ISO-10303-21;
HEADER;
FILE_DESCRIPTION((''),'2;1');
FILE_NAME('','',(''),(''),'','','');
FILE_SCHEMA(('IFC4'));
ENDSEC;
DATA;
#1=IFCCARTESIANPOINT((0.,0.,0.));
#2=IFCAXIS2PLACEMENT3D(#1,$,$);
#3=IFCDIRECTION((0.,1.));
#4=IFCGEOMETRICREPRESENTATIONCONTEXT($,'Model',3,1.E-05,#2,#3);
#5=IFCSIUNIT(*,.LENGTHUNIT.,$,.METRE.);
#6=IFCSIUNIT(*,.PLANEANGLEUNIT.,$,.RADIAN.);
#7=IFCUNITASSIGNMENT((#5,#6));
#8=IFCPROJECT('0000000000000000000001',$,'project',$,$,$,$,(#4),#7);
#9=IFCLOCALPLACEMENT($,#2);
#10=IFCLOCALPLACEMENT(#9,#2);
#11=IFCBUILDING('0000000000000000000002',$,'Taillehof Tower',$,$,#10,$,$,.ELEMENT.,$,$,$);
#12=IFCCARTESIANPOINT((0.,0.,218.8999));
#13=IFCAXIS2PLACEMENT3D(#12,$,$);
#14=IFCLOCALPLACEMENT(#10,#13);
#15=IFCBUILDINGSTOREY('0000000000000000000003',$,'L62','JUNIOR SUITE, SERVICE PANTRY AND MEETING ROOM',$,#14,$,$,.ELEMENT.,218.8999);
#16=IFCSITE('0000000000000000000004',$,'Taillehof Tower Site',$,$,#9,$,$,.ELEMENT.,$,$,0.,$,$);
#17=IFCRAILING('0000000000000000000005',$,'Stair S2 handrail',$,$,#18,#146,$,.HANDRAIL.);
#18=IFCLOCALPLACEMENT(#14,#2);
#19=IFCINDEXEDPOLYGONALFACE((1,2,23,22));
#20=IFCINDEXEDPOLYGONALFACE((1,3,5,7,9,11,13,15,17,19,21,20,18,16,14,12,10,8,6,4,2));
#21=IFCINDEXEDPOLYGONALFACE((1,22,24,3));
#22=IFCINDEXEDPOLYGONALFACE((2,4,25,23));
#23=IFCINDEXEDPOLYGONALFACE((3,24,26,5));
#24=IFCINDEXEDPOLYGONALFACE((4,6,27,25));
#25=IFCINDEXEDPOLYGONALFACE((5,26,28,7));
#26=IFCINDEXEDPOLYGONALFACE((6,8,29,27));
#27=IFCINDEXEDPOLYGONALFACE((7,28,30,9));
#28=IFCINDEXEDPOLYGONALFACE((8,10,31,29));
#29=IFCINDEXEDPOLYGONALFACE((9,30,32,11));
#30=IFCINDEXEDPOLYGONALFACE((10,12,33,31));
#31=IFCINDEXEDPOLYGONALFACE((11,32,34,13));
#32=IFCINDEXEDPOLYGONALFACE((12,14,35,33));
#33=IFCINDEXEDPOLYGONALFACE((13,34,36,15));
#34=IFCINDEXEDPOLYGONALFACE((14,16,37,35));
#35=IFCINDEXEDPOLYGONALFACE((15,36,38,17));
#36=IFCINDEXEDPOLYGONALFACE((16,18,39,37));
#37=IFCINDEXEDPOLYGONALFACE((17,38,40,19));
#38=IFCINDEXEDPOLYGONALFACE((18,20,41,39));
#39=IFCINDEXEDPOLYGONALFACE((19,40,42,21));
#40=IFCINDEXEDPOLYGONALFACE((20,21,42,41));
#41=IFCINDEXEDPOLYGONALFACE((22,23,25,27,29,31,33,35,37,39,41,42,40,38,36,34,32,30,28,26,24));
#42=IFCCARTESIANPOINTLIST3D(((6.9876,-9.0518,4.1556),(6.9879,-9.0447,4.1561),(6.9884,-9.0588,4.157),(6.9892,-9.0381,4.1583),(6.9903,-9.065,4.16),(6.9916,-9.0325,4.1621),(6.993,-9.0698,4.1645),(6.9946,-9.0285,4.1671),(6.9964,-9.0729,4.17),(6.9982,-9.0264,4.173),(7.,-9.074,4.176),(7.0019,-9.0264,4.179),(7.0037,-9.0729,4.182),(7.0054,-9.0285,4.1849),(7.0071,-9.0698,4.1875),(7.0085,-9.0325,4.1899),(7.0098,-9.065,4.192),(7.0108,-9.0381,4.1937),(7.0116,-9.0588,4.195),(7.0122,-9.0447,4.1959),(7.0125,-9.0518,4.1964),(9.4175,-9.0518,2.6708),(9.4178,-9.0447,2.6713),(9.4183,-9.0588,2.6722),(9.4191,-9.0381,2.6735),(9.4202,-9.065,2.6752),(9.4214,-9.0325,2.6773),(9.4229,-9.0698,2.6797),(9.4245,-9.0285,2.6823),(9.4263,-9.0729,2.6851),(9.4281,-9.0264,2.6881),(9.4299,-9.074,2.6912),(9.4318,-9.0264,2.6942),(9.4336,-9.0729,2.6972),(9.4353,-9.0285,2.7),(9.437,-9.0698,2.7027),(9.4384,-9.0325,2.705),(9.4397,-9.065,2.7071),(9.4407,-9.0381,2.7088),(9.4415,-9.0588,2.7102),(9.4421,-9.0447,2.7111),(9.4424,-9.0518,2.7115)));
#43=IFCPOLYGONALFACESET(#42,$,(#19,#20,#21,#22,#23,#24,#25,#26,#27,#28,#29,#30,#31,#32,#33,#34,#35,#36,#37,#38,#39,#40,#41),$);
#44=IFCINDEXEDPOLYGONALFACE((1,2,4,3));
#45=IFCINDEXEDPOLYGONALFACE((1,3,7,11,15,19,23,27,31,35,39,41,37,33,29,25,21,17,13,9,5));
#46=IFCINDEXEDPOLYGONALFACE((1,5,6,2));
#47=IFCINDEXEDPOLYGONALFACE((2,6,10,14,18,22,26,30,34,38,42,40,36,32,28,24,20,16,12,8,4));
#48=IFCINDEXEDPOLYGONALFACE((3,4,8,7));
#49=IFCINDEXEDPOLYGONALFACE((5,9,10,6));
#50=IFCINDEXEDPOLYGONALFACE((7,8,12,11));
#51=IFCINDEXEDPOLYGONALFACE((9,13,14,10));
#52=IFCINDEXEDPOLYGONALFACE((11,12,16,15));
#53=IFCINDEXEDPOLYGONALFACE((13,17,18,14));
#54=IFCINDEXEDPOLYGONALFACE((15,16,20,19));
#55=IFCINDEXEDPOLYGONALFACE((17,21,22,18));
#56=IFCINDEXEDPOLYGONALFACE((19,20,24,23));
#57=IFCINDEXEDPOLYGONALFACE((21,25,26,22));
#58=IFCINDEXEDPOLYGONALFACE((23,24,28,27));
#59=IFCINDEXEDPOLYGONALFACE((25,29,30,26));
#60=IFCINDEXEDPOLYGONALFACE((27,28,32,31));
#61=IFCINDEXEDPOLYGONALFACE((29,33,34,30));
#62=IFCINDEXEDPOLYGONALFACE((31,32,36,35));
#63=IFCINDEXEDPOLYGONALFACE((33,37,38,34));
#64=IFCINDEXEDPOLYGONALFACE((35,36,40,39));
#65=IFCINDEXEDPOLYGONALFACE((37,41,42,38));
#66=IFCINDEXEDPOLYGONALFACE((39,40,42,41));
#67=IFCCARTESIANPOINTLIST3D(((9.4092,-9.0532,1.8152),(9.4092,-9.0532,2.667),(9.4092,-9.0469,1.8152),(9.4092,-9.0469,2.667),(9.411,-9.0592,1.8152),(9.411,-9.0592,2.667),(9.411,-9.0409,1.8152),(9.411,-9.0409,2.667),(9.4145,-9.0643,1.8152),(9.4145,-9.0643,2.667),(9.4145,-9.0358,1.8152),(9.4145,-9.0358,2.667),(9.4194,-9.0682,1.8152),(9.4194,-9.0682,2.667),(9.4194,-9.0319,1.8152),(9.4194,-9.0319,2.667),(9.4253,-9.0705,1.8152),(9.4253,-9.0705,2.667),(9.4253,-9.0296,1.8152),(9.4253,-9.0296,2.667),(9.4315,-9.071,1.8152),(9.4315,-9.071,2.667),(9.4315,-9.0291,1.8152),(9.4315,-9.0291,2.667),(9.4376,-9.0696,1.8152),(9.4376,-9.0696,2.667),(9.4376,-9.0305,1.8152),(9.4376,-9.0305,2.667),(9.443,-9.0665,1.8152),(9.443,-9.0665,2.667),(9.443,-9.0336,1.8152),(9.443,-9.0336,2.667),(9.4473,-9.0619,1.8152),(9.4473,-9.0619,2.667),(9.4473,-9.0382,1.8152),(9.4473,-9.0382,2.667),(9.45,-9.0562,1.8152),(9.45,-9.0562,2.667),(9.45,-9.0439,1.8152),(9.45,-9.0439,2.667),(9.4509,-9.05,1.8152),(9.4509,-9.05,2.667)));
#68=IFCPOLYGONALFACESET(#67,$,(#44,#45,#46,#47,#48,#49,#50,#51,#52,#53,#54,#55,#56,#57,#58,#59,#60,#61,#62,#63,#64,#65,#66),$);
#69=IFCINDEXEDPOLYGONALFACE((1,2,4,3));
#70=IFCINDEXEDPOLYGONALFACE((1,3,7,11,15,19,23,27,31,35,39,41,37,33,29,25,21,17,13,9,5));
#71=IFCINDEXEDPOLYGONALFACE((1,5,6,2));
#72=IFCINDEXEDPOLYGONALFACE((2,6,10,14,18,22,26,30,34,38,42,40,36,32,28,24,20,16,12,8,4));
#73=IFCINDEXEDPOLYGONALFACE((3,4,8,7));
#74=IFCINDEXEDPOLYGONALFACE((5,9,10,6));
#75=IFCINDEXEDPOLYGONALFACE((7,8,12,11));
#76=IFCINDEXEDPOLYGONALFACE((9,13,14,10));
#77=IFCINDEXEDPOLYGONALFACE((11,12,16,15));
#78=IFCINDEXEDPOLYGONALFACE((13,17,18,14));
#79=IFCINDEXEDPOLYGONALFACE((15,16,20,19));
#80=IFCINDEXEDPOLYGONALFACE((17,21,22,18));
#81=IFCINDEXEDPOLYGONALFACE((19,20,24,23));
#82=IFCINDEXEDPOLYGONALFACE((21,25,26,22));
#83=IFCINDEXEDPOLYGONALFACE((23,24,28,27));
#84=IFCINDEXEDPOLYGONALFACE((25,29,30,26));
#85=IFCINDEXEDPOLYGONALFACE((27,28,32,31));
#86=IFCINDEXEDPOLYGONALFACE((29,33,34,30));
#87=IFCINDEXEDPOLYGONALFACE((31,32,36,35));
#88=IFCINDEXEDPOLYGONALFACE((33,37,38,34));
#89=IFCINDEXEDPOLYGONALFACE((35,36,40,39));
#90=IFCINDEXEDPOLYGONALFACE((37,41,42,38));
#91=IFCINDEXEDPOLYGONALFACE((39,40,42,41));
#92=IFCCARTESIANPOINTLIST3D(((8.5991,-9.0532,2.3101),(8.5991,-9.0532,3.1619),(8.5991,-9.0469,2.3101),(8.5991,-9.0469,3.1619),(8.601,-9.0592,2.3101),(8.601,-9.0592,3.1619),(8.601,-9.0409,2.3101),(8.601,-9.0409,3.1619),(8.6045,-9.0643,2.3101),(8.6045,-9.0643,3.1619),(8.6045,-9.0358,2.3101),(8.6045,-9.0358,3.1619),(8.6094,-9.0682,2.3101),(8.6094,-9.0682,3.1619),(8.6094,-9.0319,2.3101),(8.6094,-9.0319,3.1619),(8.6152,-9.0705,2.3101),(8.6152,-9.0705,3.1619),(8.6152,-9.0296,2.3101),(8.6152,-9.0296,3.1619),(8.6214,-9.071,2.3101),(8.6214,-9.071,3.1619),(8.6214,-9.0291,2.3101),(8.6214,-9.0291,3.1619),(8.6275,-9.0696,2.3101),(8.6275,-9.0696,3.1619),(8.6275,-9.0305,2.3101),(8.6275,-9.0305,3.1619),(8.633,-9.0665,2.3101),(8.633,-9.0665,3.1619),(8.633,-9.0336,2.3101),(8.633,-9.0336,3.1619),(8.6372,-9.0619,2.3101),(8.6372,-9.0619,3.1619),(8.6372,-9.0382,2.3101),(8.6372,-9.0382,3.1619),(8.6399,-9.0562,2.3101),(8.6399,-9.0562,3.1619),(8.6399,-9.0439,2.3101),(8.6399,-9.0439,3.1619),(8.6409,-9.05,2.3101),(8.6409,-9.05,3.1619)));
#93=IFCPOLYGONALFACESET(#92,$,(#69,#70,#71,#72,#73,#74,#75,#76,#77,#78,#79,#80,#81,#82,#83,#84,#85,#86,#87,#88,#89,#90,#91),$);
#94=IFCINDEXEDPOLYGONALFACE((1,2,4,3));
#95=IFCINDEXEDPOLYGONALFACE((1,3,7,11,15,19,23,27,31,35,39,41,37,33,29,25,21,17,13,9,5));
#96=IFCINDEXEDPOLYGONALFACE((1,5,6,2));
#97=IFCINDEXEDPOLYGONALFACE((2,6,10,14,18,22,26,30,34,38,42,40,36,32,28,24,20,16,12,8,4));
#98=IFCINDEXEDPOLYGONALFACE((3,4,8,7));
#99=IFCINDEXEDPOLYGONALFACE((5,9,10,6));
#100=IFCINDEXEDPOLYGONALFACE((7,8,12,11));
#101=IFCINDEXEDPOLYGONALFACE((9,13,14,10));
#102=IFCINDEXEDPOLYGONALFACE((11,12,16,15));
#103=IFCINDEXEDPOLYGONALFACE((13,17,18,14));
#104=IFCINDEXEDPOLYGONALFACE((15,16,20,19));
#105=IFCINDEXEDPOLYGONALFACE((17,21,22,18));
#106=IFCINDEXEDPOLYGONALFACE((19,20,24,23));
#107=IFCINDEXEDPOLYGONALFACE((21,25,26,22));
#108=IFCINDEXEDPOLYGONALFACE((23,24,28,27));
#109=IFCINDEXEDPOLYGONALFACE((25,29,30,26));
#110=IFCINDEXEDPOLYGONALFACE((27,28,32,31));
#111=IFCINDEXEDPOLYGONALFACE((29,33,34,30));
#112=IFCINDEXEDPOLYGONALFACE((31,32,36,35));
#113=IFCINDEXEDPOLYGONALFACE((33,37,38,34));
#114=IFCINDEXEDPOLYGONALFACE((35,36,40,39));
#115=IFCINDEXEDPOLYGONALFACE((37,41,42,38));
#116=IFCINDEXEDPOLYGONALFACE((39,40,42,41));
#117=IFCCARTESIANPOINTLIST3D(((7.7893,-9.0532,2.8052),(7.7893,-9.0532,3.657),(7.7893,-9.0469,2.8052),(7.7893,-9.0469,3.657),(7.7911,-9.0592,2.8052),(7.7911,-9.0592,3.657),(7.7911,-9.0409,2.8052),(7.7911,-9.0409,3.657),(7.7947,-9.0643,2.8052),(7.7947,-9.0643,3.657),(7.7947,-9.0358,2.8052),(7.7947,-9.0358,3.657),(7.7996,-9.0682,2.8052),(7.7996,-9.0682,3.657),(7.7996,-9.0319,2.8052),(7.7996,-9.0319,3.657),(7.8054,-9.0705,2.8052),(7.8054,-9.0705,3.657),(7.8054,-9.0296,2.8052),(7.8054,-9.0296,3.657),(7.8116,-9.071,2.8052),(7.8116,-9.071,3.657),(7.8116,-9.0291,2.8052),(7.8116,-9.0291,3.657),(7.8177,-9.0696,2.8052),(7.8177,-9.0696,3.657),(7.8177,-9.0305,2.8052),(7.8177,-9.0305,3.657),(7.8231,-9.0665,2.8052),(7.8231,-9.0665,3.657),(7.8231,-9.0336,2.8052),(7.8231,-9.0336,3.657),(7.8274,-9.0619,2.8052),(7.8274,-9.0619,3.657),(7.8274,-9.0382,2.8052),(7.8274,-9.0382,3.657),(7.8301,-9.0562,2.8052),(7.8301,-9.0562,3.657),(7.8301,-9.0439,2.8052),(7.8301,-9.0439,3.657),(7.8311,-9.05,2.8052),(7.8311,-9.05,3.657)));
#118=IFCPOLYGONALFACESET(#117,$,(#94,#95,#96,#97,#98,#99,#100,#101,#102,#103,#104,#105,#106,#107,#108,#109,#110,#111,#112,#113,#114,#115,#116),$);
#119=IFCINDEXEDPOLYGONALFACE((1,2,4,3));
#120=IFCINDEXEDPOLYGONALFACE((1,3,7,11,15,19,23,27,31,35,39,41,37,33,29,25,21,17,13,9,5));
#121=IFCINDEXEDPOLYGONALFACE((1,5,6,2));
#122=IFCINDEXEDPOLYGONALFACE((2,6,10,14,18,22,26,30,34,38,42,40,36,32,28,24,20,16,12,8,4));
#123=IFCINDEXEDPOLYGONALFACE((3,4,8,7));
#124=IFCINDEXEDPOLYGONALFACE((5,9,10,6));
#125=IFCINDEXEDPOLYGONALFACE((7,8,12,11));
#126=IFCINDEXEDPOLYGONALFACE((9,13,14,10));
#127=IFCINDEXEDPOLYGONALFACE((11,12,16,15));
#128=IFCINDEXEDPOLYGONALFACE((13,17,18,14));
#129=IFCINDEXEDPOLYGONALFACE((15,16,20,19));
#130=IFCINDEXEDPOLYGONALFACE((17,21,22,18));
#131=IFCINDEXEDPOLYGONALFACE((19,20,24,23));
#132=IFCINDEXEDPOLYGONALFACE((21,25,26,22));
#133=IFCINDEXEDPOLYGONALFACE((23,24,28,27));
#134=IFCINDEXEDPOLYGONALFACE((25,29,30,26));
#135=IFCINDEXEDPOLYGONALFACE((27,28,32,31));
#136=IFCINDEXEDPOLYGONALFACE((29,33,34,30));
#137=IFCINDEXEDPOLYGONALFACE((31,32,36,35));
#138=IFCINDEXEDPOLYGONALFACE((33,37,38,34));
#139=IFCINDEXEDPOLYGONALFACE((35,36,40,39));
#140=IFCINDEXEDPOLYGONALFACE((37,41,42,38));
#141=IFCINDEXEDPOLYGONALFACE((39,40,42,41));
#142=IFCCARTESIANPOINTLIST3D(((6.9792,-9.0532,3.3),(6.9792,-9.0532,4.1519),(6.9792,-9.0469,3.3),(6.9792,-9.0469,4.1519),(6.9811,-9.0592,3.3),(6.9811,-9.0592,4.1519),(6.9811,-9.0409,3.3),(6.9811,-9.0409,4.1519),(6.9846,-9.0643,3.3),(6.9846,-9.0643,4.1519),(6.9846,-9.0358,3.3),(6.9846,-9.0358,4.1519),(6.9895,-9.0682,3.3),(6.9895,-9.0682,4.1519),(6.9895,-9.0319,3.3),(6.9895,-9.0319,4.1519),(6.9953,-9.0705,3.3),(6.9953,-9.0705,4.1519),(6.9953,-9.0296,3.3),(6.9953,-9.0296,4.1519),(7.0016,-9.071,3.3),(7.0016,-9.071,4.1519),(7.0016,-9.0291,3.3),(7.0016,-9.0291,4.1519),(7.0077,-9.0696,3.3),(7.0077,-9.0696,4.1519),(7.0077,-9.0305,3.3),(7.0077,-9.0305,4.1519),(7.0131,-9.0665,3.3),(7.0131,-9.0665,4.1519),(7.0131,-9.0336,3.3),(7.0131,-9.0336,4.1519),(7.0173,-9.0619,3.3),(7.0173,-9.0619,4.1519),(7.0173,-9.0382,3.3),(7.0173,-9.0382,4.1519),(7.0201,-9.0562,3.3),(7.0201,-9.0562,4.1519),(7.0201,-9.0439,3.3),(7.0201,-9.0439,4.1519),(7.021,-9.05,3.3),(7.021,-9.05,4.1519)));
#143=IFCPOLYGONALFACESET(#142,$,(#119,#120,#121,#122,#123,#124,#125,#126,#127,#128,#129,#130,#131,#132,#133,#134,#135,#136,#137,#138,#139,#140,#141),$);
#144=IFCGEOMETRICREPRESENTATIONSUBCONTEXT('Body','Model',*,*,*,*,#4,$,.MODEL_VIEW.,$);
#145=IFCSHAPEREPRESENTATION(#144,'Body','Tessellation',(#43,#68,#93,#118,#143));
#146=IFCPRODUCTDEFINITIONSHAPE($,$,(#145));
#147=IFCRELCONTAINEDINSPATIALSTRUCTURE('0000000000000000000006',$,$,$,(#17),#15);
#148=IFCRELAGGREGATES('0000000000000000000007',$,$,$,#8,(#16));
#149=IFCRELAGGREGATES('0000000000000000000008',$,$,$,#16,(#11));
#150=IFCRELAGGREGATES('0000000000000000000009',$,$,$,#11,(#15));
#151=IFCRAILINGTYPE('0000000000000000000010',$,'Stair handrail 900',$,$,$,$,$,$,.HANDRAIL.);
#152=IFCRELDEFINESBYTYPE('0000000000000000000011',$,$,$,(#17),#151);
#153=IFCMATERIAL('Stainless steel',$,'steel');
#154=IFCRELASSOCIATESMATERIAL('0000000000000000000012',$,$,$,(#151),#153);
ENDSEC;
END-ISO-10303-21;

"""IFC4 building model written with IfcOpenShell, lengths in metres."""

from ifc_helpers import new_model, si_unit, direction, frame, origin, origin_2d, place, context, subcontext, project, spatial, circle, extrude, material, type_object, element, save


model = new_model("IFC4")

# Units and contexts
model_context = context("Model", 3, precision=1e-05, world=origin(), true_north=direction((0.0, 1.0)))
body_context = subcontext(model_context, "Body", "Model", "MODEL_VIEW")
ifc_project = project(units=[si_unit("LENGTHUNIT", "METRE"), si_unit("PLANEANGLEUNIT", "RADIAN")], contexts=[model_context])

# Site, building, storey
site_placement = place(None, origin())
site = spatial("IfcSite", under=ifc_project, at=site_placement, Name="Taillehof Tower Site", CompositionType="ELEMENT", RefElevation=0.0)
building_placement = place(site_placement, origin())
building = spatial("IfcBuilding", under=site, at=building_placement, Name="Taillehof Tower", CompositionType="ELEMENT")
storey_placement = place(building_placement, frame((0.0, 0.0, 218.8999)))
storey = spatial("IfcBuildingStorey", under=building, at=storey_placement, Name="L62", Description="JUNIOR SUITE, SERVICE PANTRY AND MEETING ROOM", CompositionType="ELEMENT", Elevation=218.8999)

# Railing
ifc_material_1 = material(Name="Stainless steel", Category="steel")
railing_type = type_object("IfcRailingType", Name="Stair handrail 900", PredefinedType="HANDRAIL", material=ifc_material_1)
railing_placement = place(storey_placement, frame((9.4299, -9.05, 1.8152)))
element("IfcRailing", 1, at=railing_placement, inside=storey, type_object=railing_type, Name="Stair S2 handrail", PredefinedType="HANDRAIL", context=body_context, shape_type="SweptSolid", body=[
    extrude(circle(Radius=0.0239, at=origin_2d()), frame((0.0, 0.0, 0.876), z_axis=(-0.853297, 0.0, 0.521426), x_axis=(0.0, -1.0, 0.0)), (0.0, 0.0, 1.0), 2.8477),
    extrude(circle(Radius=0.021, at=origin_2d()), origin(), (0.0, 0.0, 1.0), 0.8518),
    extrude(circle(Radius=0.021, at=origin_2d()), frame((-0.8101, 0.0, 0.4949)), (0.0, 0.0, 1.0), 0.8518),
    extrude(circle(Radius=0.021, at=origin_2d()), frame((-1.6199, 0.0, 0.99)), (0.0, 0.0, 1.0), 0.8518),
    extrude(circle(Radius=0.021, at=origin_2d()), frame((-2.4299, 0.0, 1.4849)), (0.0, 0.0, 1.0), 0.8518),
])

save(model, "model.ifc")
